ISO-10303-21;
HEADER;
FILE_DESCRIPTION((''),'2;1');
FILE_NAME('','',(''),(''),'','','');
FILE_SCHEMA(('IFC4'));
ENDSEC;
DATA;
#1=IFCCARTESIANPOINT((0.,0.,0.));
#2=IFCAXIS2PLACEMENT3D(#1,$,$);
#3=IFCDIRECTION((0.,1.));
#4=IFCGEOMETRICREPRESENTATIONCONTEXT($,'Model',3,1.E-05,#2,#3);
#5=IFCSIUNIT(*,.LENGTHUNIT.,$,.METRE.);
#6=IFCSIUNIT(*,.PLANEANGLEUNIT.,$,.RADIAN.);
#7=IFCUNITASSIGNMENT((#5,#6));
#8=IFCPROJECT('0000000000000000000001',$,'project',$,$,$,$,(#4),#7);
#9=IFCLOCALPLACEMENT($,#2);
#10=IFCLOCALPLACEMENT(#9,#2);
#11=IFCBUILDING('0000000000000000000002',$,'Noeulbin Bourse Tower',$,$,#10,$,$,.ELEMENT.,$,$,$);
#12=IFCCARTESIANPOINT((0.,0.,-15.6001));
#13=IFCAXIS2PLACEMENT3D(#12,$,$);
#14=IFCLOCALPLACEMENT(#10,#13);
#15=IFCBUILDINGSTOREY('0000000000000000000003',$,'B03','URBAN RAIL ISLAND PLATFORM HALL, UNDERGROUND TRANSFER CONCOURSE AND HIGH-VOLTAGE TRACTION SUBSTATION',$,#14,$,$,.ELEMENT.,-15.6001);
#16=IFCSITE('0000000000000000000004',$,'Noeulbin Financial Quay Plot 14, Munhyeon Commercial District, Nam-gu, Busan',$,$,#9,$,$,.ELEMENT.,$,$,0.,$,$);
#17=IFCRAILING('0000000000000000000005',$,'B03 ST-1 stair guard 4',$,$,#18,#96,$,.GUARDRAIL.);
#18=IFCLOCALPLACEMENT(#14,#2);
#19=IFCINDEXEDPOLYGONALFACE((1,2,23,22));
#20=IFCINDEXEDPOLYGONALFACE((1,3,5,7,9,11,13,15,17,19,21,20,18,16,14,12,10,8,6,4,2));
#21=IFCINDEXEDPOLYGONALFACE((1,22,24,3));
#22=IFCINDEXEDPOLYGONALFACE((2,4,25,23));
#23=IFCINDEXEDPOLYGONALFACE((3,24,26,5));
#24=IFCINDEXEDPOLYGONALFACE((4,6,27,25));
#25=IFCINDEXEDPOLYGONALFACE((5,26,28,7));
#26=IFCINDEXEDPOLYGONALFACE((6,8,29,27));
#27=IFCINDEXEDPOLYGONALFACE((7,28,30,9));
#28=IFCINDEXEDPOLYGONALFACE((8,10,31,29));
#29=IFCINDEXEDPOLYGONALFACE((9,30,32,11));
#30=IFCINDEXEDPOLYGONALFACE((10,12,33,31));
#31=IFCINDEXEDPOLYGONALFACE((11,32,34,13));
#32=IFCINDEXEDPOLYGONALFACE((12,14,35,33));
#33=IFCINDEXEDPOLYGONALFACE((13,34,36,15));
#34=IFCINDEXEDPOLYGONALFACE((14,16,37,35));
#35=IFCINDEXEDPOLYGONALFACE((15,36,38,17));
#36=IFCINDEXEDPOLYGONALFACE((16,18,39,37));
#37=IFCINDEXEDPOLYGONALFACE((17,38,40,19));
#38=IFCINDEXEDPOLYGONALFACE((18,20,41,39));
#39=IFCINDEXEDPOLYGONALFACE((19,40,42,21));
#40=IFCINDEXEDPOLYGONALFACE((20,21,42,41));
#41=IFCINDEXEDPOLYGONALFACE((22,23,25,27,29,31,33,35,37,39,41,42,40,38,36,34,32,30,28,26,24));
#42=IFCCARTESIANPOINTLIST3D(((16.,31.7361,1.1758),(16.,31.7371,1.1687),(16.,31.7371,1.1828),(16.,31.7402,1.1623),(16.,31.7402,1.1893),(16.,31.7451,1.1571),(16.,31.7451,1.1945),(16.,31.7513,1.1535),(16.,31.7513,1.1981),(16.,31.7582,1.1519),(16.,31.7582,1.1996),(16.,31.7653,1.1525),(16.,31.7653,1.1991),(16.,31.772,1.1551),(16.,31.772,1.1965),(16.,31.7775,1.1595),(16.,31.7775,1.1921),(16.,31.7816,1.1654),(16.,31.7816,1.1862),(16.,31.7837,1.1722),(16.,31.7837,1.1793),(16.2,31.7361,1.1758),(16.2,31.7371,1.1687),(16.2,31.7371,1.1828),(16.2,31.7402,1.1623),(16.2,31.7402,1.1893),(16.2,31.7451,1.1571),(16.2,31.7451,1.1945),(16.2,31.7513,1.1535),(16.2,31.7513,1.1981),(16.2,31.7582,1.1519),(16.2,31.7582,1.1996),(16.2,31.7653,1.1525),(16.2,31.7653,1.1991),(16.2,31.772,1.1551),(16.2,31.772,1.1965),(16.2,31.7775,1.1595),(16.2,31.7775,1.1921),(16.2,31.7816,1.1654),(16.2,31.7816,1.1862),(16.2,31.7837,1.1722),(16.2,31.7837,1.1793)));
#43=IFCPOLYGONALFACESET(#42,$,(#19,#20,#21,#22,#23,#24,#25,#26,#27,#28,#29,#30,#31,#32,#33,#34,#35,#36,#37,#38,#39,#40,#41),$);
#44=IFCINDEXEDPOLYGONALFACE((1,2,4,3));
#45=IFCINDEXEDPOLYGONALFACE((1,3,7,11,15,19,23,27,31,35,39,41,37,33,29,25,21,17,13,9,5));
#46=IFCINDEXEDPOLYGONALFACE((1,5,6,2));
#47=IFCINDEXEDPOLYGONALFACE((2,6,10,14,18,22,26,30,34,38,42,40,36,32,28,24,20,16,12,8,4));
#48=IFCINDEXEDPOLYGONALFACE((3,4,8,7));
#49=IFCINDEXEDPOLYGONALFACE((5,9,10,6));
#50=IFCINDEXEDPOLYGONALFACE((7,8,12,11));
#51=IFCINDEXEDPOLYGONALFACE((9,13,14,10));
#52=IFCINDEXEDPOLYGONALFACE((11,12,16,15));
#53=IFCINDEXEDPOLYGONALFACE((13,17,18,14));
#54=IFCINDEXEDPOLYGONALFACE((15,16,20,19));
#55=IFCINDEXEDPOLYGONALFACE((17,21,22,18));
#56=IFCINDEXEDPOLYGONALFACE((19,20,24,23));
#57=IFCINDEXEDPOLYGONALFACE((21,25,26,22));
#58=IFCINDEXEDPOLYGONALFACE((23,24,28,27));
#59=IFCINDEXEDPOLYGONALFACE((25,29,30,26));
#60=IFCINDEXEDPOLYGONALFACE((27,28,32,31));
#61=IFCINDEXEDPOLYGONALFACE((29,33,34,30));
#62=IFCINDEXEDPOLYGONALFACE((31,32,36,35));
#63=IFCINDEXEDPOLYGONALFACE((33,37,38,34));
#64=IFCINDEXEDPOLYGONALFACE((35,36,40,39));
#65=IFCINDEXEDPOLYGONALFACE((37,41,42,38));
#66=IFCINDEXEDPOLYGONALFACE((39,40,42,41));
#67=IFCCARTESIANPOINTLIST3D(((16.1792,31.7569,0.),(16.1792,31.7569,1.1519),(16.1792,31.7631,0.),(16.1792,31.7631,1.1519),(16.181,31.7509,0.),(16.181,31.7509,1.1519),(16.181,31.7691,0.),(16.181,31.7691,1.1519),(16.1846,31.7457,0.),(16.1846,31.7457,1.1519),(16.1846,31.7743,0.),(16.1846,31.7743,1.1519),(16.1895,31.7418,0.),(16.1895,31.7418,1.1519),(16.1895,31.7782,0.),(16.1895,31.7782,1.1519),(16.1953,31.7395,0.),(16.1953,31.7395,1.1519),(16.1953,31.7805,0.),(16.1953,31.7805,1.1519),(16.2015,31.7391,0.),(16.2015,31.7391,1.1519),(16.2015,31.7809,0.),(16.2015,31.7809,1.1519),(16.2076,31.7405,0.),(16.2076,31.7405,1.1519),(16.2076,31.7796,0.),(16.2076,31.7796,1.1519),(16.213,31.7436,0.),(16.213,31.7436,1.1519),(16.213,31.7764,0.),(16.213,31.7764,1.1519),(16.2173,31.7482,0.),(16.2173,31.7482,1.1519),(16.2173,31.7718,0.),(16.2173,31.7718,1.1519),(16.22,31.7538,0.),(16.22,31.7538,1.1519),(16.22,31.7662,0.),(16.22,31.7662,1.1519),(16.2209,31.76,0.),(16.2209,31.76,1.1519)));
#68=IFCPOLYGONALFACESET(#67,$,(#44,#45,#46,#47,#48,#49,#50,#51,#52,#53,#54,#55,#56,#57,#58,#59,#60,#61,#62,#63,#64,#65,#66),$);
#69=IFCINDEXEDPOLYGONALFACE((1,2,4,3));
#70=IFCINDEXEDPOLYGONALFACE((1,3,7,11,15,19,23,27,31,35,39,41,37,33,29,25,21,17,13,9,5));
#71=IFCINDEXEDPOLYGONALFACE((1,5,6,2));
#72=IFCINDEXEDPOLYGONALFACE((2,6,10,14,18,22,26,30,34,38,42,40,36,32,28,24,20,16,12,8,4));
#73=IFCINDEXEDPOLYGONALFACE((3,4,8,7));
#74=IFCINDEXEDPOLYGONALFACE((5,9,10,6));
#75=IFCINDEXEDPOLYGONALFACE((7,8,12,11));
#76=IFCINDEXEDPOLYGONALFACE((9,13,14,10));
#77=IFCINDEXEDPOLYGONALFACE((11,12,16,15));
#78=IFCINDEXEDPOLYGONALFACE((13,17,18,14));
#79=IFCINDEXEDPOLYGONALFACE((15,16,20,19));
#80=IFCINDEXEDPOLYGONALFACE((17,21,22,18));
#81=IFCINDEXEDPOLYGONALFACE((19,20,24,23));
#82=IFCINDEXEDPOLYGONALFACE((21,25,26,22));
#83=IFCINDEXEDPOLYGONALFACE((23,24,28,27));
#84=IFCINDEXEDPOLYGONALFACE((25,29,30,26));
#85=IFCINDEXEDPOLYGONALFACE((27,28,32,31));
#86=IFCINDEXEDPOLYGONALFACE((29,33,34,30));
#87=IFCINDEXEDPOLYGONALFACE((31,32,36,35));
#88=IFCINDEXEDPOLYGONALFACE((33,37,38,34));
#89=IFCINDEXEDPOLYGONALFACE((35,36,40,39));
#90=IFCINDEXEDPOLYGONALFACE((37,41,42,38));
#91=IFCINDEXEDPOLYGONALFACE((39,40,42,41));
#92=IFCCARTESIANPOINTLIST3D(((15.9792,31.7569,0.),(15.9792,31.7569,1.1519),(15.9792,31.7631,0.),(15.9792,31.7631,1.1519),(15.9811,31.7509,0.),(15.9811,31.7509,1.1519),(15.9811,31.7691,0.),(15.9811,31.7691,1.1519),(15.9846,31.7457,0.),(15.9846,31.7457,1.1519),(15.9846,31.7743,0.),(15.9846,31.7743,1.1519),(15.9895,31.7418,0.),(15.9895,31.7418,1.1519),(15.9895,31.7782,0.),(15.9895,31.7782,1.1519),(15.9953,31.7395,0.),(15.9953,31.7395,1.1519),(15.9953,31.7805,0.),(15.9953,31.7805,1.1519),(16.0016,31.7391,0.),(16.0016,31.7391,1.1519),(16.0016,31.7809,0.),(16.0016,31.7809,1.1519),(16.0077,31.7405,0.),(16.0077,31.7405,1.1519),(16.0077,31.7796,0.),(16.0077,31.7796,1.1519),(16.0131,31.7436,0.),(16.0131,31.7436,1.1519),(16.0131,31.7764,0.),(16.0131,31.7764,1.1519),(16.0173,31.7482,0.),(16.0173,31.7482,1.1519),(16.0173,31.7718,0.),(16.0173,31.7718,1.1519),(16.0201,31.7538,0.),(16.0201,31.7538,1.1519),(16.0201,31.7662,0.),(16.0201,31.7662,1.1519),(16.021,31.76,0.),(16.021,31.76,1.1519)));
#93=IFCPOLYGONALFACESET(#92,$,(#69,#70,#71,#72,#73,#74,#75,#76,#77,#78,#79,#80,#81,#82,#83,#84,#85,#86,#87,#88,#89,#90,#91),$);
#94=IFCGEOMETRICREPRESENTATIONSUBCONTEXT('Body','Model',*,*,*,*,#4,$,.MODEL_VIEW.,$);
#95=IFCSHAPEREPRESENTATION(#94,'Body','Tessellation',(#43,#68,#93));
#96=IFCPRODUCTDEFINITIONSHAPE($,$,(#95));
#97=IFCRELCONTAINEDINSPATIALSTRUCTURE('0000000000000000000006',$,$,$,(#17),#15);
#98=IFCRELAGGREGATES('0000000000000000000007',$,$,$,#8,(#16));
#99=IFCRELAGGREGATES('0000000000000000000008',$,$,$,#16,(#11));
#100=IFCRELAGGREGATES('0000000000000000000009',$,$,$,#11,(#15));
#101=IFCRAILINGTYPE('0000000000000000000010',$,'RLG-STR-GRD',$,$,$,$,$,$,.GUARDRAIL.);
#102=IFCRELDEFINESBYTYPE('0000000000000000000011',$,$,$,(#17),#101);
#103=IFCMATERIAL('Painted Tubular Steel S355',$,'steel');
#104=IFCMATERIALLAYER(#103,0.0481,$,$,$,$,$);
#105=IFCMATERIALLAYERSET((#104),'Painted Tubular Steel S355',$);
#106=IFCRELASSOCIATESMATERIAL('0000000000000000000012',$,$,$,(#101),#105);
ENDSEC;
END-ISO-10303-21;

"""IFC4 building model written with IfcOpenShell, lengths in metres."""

from ifc_helpers import new_model, si_unit, direction, frame, origin, origin_2d, place, context, subcontext, project, spatial, circle, extrude, material, layer, layer_set, type_object, element, save


model = new_model("IFC4")

# Units and contexts
model_context = context("Model", 3, precision=1e-05, world=origin(), true_north=direction((0.0, 1.0)))
body_context = subcontext(model_context, "Body", "Model", "MODEL_VIEW")
ifc_project = project(units=[si_unit("LENGTHUNIT", "METRE"), si_unit("PLANEANGLEUNIT", "RADIAN")], contexts=[model_context])

# Site, building, storey
site_placement = place(None, origin())
site = spatial("IfcSite", under=ifc_project, at=site_placement, Name="Noeulbin Financial Quay Plot 14, Munhyeon Commercial District, Nam-gu, Busan", CompositionType="ELEMENT", RefElevation=0.0)
building_placement = place(site_placement, origin())
building = spatial("IfcBuilding", under=site, at=building_placement, Name="Noeulbin Bourse Tower", CompositionType="ELEMENT")
storey_placement = place(building_placement, frame((0.0, 0.0, -15.6001)))
storey = spatial("IfcBuildingStorey", under=building, at=storey_placement, Name="B03", Description="URBAN RAIL ISLAND PLATFORM HALL, UNDERGROUND TRANSFER CONCOURSE AND HIGH-VOLTAGE TRACTION SUBSTATION", CompositionType="ELEMENT", Elevation=-15.6001)

# Railing
ifc_material_1 = material(Name="Painted Tubular Steel S355", Category="steel")
ifc_layer_1 = layer(ifc_material_1, 0.0481)
ifc_layer_set_1 = layer_set([ifc_layer_1], Name="Painted Tubular Steel S355")
railing_type_1 = type_object("IfcRailingType", Name="RLG-STR-GRD", PredefinedType="GUARDRAIL", material=ifc_layer_set_1)
railing_1_placement = place(storey_placement, frame((16.2, 31.76, 0.0)))
element("IfcRailing", 1, at=railing_1_placement, inside=storey, type_object=railing_type_1, Name="B03 ST-1 stair guard 4", PredefinedType="GUARDRAIL", context=body_context, shape_type="SweptSolid", body=[
    extrude(circle(Radius=0.0239, at=origin_2d()), frame((0.0, 0.0, 1.1758), z_axis=(-1.0, 0.0, 0.0), x_axis=(0.0, -1.0, 0.0)), (0.0, 0.0, 1.0), 0.2),
    extrude(circle(Radius=0.021, at=origin_2d()), origin(), (0.0, 0.0, 1.0), 1.1519),
    extrude(circle(Radius=0.021, at=origin_2d()), frame((-0.2, 0.0, 0.0)), (0.0, 0.0, 1.0), 1.1519),
])

save(model, "model.ifc")
